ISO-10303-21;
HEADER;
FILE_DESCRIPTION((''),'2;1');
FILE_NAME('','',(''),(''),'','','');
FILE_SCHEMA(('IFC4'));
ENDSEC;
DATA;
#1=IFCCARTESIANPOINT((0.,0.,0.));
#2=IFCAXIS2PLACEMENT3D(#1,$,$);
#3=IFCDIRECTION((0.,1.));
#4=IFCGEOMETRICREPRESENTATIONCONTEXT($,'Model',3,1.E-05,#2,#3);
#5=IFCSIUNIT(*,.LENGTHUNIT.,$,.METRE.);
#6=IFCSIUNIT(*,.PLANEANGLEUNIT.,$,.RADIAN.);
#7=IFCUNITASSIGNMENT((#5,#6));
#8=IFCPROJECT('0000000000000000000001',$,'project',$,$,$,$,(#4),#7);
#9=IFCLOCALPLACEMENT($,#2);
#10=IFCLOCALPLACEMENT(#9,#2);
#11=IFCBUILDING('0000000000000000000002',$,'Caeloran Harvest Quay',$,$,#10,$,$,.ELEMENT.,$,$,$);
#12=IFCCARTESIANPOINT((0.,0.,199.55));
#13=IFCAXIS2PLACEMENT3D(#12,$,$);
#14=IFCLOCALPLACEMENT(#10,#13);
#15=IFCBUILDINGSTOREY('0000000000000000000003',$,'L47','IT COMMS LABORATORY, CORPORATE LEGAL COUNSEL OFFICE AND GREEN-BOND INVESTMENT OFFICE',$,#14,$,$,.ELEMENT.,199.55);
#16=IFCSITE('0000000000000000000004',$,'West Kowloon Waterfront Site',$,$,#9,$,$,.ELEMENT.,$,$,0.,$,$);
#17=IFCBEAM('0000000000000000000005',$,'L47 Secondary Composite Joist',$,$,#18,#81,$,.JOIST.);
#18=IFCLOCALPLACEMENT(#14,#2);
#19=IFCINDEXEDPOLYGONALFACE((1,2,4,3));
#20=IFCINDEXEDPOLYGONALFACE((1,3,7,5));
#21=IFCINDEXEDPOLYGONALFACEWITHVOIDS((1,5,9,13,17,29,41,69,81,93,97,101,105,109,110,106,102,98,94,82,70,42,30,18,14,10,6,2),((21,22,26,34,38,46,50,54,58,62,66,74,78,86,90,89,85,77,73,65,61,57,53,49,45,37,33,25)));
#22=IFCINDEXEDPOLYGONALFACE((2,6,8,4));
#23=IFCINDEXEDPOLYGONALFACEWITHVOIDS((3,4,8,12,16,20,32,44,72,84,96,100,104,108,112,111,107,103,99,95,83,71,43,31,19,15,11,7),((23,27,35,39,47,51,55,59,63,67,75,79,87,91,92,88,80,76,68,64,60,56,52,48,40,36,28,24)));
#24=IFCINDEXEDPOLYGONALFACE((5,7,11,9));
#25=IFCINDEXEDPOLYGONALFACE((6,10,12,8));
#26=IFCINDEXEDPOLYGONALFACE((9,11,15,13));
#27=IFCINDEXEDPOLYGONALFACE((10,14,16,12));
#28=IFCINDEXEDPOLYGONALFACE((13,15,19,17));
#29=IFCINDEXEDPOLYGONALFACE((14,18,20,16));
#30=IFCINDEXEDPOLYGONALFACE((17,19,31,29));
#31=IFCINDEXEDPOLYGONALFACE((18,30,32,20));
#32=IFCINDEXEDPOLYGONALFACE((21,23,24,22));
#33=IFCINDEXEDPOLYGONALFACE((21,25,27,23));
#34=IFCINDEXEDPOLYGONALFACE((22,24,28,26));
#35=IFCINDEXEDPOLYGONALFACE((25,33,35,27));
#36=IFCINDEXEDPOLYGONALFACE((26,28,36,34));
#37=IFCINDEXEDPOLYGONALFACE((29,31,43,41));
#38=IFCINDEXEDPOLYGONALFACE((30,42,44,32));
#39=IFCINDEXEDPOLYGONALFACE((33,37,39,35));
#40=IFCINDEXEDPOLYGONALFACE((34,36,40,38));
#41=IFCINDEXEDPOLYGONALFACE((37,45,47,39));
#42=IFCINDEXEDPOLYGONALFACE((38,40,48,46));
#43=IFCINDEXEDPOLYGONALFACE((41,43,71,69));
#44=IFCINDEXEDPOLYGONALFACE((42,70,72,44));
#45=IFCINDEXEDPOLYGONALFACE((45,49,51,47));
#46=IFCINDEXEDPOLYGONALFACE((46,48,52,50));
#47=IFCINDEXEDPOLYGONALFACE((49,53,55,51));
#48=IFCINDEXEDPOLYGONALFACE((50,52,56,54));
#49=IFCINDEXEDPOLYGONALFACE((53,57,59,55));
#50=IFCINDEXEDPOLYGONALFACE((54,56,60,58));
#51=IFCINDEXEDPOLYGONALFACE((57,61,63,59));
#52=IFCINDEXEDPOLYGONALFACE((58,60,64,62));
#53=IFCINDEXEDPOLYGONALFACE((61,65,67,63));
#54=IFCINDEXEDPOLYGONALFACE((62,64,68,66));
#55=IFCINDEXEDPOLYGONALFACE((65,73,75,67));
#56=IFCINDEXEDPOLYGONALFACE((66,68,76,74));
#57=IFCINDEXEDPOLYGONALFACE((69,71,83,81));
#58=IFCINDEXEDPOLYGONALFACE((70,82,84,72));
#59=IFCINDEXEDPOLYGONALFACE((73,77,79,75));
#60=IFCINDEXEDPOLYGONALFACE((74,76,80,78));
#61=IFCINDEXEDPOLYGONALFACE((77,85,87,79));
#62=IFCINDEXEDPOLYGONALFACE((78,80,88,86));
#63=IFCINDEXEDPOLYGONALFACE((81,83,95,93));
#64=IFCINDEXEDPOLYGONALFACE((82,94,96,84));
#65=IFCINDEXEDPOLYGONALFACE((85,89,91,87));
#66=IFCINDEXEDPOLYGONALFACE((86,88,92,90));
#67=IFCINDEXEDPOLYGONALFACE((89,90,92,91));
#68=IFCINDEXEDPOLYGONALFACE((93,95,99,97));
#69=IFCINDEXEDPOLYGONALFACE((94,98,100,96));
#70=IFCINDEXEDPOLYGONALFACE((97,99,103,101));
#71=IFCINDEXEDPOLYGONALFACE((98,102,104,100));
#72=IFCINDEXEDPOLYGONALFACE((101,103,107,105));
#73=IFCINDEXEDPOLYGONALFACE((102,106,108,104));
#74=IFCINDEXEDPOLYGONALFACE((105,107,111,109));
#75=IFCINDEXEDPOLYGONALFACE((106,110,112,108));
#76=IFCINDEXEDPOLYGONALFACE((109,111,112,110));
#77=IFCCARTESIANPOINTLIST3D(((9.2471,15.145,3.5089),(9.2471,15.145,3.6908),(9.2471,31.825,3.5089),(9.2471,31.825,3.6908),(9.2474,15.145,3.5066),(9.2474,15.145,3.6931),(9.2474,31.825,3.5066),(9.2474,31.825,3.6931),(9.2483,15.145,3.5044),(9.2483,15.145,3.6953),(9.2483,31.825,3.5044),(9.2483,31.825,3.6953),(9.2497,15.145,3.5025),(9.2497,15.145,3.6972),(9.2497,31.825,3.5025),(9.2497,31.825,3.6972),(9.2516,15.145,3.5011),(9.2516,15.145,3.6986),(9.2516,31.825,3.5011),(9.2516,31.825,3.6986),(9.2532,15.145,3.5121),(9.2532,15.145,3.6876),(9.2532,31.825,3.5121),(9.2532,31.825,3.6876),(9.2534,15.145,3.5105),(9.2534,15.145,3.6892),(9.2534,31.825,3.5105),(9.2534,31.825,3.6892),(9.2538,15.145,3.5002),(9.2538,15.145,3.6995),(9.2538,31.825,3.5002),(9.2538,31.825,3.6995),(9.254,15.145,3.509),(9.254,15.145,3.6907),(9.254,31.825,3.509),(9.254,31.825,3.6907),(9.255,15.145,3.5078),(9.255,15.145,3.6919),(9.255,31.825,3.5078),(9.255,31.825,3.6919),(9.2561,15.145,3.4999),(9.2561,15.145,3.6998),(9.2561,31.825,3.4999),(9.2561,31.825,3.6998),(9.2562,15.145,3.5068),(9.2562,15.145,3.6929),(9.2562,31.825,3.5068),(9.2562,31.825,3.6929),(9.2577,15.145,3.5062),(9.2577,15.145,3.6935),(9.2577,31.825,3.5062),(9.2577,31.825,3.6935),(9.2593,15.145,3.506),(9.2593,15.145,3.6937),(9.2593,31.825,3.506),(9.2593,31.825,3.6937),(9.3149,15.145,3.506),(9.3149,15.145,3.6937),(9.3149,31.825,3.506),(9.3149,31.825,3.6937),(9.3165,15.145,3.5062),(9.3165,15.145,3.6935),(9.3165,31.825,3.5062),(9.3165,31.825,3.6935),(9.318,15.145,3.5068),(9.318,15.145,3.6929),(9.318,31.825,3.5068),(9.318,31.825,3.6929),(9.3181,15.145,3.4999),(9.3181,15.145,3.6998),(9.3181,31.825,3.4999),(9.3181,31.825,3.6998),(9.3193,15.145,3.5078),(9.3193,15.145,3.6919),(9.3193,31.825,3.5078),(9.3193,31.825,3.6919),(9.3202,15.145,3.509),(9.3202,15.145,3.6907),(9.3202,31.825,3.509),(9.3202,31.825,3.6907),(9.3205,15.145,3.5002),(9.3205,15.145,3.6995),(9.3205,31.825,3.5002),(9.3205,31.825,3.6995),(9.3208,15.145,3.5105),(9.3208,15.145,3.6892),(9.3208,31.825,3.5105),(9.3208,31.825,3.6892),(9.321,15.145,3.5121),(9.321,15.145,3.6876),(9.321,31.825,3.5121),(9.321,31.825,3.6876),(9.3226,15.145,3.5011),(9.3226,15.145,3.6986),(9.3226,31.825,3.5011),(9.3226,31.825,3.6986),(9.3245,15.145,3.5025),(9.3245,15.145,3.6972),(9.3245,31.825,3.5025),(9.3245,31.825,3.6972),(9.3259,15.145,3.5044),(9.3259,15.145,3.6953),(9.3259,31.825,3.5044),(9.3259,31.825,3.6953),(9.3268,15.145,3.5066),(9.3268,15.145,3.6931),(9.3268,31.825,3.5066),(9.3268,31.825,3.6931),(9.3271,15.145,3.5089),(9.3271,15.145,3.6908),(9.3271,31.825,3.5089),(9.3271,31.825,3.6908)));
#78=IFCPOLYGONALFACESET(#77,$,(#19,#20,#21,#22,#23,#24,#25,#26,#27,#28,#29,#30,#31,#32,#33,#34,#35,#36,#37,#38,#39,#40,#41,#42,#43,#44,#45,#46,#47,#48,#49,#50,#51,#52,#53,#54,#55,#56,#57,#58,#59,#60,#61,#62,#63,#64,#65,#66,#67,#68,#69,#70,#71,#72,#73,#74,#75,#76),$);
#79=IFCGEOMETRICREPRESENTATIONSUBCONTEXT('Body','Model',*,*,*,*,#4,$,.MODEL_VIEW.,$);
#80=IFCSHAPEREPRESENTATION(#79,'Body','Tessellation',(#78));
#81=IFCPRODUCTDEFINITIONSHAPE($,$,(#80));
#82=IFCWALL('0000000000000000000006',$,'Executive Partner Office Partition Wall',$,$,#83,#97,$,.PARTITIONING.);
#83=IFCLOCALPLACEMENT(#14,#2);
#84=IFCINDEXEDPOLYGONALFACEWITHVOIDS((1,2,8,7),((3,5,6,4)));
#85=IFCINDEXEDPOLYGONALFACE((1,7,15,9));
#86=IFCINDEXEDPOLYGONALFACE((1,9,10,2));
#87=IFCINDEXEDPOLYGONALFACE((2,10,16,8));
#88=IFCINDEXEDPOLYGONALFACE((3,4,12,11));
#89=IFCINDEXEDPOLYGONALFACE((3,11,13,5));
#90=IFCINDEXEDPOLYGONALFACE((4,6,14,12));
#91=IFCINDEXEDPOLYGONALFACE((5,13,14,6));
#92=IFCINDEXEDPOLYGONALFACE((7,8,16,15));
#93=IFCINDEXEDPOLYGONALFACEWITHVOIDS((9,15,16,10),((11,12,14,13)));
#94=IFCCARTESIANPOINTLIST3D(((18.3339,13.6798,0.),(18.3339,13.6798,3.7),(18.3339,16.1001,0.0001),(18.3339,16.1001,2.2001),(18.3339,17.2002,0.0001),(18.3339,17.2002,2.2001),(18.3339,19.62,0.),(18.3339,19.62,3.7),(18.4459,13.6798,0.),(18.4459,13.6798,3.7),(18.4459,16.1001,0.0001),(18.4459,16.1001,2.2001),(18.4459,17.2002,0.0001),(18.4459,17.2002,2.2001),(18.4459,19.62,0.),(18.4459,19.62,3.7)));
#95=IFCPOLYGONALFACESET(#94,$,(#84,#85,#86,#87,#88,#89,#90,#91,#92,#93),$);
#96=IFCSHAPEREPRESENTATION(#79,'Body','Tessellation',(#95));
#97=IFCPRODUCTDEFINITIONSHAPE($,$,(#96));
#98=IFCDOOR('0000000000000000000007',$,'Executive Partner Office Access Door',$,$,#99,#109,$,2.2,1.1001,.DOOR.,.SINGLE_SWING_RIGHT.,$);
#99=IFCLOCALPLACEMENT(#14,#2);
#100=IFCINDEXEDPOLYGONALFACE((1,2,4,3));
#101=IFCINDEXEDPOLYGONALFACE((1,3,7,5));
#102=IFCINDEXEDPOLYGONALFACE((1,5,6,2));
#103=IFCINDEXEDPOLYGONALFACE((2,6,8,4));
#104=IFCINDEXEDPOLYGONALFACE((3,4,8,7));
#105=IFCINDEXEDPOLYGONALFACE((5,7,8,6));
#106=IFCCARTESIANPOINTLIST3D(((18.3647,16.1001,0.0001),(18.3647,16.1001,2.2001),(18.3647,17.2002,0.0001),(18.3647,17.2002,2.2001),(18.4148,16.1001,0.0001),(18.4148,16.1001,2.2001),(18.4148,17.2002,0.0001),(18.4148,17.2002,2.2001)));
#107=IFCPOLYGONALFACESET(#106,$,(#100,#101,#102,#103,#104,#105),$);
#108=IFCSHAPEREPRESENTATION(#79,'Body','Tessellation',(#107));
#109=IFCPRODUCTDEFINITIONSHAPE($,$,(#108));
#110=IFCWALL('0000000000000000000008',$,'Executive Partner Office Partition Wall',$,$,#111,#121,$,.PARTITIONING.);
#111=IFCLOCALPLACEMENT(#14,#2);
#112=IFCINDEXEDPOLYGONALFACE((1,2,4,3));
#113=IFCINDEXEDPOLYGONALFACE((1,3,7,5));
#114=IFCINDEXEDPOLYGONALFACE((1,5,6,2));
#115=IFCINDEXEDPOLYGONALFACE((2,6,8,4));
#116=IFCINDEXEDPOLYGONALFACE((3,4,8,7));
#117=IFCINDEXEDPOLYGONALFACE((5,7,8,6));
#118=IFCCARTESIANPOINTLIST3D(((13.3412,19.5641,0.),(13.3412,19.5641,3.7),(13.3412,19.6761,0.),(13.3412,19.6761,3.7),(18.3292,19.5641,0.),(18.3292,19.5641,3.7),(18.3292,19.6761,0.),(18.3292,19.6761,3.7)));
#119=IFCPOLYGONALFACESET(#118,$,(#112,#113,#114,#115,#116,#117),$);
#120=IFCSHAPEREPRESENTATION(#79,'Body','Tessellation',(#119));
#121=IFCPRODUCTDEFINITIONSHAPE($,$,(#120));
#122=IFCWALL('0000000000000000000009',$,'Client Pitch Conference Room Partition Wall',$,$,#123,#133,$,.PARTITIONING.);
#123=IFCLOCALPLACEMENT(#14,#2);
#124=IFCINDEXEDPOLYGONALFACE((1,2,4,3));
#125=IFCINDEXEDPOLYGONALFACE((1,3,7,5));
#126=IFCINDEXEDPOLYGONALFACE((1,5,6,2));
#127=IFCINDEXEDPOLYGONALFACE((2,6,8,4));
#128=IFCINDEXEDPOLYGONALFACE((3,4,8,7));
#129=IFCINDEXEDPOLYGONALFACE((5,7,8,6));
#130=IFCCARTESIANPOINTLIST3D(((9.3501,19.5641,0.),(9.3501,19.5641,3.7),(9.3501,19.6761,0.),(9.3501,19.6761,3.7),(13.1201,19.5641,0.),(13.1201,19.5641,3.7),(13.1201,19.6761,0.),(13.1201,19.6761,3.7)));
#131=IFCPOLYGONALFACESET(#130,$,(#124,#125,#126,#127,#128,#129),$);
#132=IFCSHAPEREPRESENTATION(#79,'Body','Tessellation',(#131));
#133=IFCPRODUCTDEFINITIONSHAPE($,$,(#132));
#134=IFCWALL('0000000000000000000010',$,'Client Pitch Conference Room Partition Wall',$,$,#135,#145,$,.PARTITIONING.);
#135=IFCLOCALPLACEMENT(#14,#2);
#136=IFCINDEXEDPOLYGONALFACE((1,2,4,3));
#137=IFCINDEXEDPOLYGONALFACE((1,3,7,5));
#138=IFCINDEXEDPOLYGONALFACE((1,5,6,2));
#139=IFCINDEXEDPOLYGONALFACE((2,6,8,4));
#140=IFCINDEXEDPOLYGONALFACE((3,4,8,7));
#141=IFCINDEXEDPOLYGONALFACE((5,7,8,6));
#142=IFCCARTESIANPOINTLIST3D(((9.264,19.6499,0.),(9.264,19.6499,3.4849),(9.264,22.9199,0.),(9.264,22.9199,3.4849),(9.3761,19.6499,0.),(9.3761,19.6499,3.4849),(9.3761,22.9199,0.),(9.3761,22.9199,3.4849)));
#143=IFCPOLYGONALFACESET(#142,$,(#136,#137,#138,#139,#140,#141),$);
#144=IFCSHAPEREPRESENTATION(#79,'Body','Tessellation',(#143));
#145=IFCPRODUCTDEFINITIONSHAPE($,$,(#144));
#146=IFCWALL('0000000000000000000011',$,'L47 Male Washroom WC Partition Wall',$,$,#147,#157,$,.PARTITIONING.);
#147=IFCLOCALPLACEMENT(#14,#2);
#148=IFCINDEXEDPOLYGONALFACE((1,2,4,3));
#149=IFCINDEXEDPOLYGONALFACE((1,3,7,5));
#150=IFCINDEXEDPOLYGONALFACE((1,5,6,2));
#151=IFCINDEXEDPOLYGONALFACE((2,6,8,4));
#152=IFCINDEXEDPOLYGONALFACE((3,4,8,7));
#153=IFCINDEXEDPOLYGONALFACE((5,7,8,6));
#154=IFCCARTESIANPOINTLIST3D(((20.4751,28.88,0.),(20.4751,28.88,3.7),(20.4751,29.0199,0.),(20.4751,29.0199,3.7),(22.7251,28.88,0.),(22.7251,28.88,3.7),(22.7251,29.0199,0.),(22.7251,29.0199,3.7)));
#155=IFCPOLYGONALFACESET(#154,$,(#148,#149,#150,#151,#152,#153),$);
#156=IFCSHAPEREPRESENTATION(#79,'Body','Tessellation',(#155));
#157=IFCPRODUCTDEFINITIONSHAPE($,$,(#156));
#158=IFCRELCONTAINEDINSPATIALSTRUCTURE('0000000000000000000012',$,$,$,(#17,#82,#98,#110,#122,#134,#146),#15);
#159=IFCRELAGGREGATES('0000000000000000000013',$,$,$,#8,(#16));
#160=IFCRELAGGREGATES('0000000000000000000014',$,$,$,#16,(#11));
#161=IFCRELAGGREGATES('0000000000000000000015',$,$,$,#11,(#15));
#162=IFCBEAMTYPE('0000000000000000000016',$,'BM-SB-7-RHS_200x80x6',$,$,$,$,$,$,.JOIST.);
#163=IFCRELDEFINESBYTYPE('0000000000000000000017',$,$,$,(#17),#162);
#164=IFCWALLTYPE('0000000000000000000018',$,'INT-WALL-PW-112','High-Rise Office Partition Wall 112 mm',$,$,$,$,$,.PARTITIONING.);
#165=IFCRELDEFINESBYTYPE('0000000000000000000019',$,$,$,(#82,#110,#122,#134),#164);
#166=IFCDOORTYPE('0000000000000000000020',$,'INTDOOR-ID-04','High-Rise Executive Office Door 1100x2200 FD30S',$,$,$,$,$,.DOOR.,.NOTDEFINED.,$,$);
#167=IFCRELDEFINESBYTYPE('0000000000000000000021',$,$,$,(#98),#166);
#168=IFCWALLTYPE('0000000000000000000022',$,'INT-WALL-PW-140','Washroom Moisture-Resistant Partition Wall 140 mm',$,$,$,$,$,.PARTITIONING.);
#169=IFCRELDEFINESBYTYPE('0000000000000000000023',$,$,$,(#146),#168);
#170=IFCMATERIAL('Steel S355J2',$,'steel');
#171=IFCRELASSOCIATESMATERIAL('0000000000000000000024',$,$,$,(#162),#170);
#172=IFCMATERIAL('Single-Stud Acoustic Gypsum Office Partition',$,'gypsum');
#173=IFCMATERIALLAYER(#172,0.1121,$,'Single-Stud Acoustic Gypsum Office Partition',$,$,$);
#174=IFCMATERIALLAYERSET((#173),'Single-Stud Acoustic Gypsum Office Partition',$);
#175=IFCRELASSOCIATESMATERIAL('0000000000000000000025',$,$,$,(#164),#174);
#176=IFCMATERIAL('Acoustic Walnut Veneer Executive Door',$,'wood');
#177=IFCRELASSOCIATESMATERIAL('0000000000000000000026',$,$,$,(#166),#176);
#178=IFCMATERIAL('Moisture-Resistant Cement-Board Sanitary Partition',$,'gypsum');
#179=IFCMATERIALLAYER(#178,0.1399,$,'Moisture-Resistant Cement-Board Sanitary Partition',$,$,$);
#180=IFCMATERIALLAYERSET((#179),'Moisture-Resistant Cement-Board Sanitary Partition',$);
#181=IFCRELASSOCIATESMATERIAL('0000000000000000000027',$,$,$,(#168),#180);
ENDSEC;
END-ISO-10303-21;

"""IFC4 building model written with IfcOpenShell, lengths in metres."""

from ifc_helpers import new_model, si_unit, direction, frame, frame_2d, origin, origin_2d, place, context, subcontext, project, spatial, rectangle, hollow_rectangle, extrude, material, layer, layer_set, material_profile, profile_set, type_object, element, fill, save


model = new_model("IFC4")

# Units and contexts
model_context = context("Model", 3, precision=1e-05, world=origin(), true_north=direction((0.0, 1.0)))
body_context = subcontext(model_context, "Body", "Model", "MODEL_VIEW")
ifc_project = project(units=[si_unit("LENGTHUNIT", "METRE"), si_unit("PLANEANGLEUNIT", "RADIAN")], contexts=[model_context])

# Site, building, storey
site_placement = place(None, origin())
site = spatial("IfcSite", under=ifc_project, at=site_placement, Name="West Kowloon Waterfront Site", CompositionType="ELEMENT", RefElevation=0.0)
building_placement = place(site_placement, origin())
building = spatial("IfcBuilding", under=site, at=building_placement, Name="Caeloran Harvest Quay", CompositionType="ELEMENT")
storey_placement = place(building_placement, frame((0.0, 0.0, 199.55)))
storey = spatial("IfcBuildingStorey", under=building, at=storey_placement, Name="L47", Description="IT COMMS LABORATORY, CORPORATE LEGAL COUNSEL OFFICE AND GREEN-BOND INVESTMENT OFFICE", CompositionType="ELEMENT", Elevation=199.55)

# Beam
ifc_material_1 = material(Name="Steel S355J2", Category="steel")
ifc_material_profile_1 = material_profile(ifc_material_1, hollow_rectangle(XDim=0.0801, YDim=0.2, WallThickness=0.0061, InnerFilletRadius=0.0061, OuterFilletRadius=0.009, at=origin_2d()), Name="RHS 200x80x6")
ifc_profile_set_1 = profile_set([ifc_material_profile_1], Name="Steel S355J2")
beam_type_1 = type_object("IfcBeamType", Name="BM-SB-7-RHS_200x80x6", PredefinedType="JOIST", material=ifc_profile_set_1)
beam_1_placement = place(storey_placement, frame((9.2871, 15.145, 3.5999), z_axis=(0.0, 1.0, 0.0), x_axis=(-1.0, 0.0, 0.0)))
element("IfcBeam", 1, at=beam_1_placement, inside=storey, type_object=beam_type_1, Name="L47 Secondary Composite Joist", PredefinedType="JOIST", context=body_context, shape_type="SweptSolid", body=[
    extrude(hollow_rectangle(XDim=0.0801, YDim=0.2, WallThickness=0.0061, InnerFilletRadius=0.0061, OuterFilletRadius=0.009, at=origin_2d()), origin(), (0.0, 0.0, 1.0), 16.6799),
])

# Wall, opening, door
ifc_material_2 = material(Name="Single-Stud Acoustic Gypsum Office Partition", Category="gypsum")
ifc_layer_1 = layer(ifc_material_2, 0.1121, Name="Single-Stud Acoustic Gypsum Office Partition")
ifc_layer_set_1 = layer_set([ifc_layer_1], Name="Single-Stud Acoustic Gypsum Office Partition")
wall_type_1 = type_object("IfcWallType", Name="INT-WALL-PW-112", Description="High-Rise Office Partition Wall 112 mm", PredefinedType="PARTITIONING", material=ifc_layer_set_1)
wall_1_placement = place(storey_placement, frame((18.3899, 19.6201, 0.0), z_axis=(0.0, 0.0, 1.0), x_axis=(0.0, -1.0, 0.0)))
wall_1 = element("IfcWall", 2, at=wall_1_placement, inside=storey, type_object=wall_type_1, Name="Executive Partner Office Partition Wall", PredefinedType="PARTITIONING", context=body_context, shape_type="SweptSolid", body=[
    extrude(rectangle(XDim=5.9402, YDim=0.1121, at=frame_2d((2.9702, 0.0))), origin(), (0.0, 0.0, 1.0), 3.7),
])
opening_1_placement = place(wall_1_placement, frame((2.4199, 0.0, 0.0)))
opening_1 = element("IfcOpeningElement", 3, at=opening_1_placement, cuts=wall_1, PredefinedType="OPENING", context=body_context, shape_type="SweptSolid", body=[
    extrude(rectangle(XDim=1.1001, YDim=2.2, at=frame_2d((0.55, 1.1001))), frame((0.0, 0.0659, 0.0), z_axis=(0.0, -1.0, 0.0), x_axis=(1.0, 0.0, 0.0)), (0.0, 0.0, 1.0), 0.1321),
])
ifc_material_3 = material(Name="Acoustic Walnut Veneer Executive Door", Category="wood")
door_type_1 = type_object("IfcDoorType", Name="INTDOOR-ID-04", Description="High-Rise Executive Office Door 1100x2200 FD30S", OperationType="NOTDEFINED", PredefinedType="DOOR", material=ifc_material_3)
door_1_placement = place(opening_1_placement, origin())
door_1 = element("IfcDoor", 4, at=door_1_placement, inside=storey, type_object=door_type_1, Name="Executive Partner Office Access Door", OperationType="SINGLE_SWING_RIGHT", OverallHeight=2.2, OverallWidth=1.1001, PredefinedType="DOOR", context=body_context, shape_type="SweptSolid", body=[
    extrude(rectangle(XDim=1.1001, YDim=2.2, at=frame_2d((0.55, 1.1001))), frame((0.0, 0.0249, 0.0), z_axis=(0.0, -1.0, 0.0), x_axis=(1.0, 0.0, 0.0)), (0.0, 0.0, 1.0), 0.05),
])
fill(opening_1, door_1)

# Walls
wall_2_placement = place(storey_placement, frame((13.3411, 19.6201, 0.0), z_axis=(0.0, 0.0, 1.0), x_axis=(1.0, 0.0, 0.0)))
element("IfcWall", 5, at=wall_2_placement, inside=storey, type_object=wall_type_1, Name="Executive Partner Office Partition Wall", PredefinedType="PARTITIONING", context=body_context, shape_type="SweptSolid", body=[
    extrude(rectangle(XDim=4.988, YDim=0.1121, at=frame_2d((2.4941, 0.0))), origin(), (0.0, 0.0, 1.0), 3.7),
])
wall_3_placement = place(storey_placement, frame((9.3501, 19.6201, 0.0), z_axis=(0.0, 0.0, 1.0), x_axis=(1.0, 0.0, 0.0)))
element("IfcWall", 6, at=wall_3_placement, inside=storey, type_object=wall_type_1, Name="Client Pitch Conference Room Partition Wall", PredefinedType="PARTITIONING", context=body_context, shape_type="SweptSolid", body=[
    extrude(rectangle(XDim=3.77, YDim=0.1121, at=frame_2d((1.885, 0.0))), origin(), (0.0, 0.0, 1.0), 3.7),
])
wall_4_placement = place(storey_placement, frame((9.3201, 22.9199, 0.0), z_axis=(0.0, 0.0, 1.0), x_axis=(0.0, -1.0, 0.0)))
element("IfcWall", 7, at=wall_4_placement, inside=storey, type_object=wall_type_1, Name="Client Pitch Conference Room Partition Wall", PredefinedType="PARTITIONING", context=body_context, shape_type="SweptSolid", body=[
    extrude(rectangle(XDim=3.27, YDim=0.1121, at=frame_2d((1.635, 0.0))), origin(), (0.0, 0.0, 1.0), 3.4849),
])

# Shared definitions
ifc_material_4 = material(Name="Moisture-Resistant Cement-Board Sanitary Partition", Category="gypsum")
ifc_layer_2 = layer(ifc_material_4, 0.1399, Name="Moisture-Resistant Cement-Board Sanitary Partition")
ifc_layer_set_2 = layer_set([ifc_layer_2], Name="Moisture-Resistant Cement-Board Sanitary Partition")
wall_type_2 = type_object("IfcWallType", Name="INT-WALL-PW-140", Description="Washroom Moisture-Resistant Partition Wall 140 mm", PredefinedType="PARTITIONING", material=ifc_layer_set_2)

# Wall
wall_5_placement = place(storey_placement, frame((20.4751, 28.95, 0.0), z_axis=(0.0, 0.0, 1.0), x_axis=(1.0, 0.0, 0.0)))
element("IfcWall", 8, at=wall_5_placement, inside=storey, type_object=wall_type_2, Name="L47 Male Washroom WC Partition Wall", PredefinedType="PARTITIONING", context=body_context, shape_type="SweptSolid", body=[
    extrude(rectangle(XDim=2.25, YDim=0.1399, at=frame_2d((1.125, 0.0))), origin(), (0.0, 0.0, 1.0), 3.7),
])

save(model, "model.ifc")
